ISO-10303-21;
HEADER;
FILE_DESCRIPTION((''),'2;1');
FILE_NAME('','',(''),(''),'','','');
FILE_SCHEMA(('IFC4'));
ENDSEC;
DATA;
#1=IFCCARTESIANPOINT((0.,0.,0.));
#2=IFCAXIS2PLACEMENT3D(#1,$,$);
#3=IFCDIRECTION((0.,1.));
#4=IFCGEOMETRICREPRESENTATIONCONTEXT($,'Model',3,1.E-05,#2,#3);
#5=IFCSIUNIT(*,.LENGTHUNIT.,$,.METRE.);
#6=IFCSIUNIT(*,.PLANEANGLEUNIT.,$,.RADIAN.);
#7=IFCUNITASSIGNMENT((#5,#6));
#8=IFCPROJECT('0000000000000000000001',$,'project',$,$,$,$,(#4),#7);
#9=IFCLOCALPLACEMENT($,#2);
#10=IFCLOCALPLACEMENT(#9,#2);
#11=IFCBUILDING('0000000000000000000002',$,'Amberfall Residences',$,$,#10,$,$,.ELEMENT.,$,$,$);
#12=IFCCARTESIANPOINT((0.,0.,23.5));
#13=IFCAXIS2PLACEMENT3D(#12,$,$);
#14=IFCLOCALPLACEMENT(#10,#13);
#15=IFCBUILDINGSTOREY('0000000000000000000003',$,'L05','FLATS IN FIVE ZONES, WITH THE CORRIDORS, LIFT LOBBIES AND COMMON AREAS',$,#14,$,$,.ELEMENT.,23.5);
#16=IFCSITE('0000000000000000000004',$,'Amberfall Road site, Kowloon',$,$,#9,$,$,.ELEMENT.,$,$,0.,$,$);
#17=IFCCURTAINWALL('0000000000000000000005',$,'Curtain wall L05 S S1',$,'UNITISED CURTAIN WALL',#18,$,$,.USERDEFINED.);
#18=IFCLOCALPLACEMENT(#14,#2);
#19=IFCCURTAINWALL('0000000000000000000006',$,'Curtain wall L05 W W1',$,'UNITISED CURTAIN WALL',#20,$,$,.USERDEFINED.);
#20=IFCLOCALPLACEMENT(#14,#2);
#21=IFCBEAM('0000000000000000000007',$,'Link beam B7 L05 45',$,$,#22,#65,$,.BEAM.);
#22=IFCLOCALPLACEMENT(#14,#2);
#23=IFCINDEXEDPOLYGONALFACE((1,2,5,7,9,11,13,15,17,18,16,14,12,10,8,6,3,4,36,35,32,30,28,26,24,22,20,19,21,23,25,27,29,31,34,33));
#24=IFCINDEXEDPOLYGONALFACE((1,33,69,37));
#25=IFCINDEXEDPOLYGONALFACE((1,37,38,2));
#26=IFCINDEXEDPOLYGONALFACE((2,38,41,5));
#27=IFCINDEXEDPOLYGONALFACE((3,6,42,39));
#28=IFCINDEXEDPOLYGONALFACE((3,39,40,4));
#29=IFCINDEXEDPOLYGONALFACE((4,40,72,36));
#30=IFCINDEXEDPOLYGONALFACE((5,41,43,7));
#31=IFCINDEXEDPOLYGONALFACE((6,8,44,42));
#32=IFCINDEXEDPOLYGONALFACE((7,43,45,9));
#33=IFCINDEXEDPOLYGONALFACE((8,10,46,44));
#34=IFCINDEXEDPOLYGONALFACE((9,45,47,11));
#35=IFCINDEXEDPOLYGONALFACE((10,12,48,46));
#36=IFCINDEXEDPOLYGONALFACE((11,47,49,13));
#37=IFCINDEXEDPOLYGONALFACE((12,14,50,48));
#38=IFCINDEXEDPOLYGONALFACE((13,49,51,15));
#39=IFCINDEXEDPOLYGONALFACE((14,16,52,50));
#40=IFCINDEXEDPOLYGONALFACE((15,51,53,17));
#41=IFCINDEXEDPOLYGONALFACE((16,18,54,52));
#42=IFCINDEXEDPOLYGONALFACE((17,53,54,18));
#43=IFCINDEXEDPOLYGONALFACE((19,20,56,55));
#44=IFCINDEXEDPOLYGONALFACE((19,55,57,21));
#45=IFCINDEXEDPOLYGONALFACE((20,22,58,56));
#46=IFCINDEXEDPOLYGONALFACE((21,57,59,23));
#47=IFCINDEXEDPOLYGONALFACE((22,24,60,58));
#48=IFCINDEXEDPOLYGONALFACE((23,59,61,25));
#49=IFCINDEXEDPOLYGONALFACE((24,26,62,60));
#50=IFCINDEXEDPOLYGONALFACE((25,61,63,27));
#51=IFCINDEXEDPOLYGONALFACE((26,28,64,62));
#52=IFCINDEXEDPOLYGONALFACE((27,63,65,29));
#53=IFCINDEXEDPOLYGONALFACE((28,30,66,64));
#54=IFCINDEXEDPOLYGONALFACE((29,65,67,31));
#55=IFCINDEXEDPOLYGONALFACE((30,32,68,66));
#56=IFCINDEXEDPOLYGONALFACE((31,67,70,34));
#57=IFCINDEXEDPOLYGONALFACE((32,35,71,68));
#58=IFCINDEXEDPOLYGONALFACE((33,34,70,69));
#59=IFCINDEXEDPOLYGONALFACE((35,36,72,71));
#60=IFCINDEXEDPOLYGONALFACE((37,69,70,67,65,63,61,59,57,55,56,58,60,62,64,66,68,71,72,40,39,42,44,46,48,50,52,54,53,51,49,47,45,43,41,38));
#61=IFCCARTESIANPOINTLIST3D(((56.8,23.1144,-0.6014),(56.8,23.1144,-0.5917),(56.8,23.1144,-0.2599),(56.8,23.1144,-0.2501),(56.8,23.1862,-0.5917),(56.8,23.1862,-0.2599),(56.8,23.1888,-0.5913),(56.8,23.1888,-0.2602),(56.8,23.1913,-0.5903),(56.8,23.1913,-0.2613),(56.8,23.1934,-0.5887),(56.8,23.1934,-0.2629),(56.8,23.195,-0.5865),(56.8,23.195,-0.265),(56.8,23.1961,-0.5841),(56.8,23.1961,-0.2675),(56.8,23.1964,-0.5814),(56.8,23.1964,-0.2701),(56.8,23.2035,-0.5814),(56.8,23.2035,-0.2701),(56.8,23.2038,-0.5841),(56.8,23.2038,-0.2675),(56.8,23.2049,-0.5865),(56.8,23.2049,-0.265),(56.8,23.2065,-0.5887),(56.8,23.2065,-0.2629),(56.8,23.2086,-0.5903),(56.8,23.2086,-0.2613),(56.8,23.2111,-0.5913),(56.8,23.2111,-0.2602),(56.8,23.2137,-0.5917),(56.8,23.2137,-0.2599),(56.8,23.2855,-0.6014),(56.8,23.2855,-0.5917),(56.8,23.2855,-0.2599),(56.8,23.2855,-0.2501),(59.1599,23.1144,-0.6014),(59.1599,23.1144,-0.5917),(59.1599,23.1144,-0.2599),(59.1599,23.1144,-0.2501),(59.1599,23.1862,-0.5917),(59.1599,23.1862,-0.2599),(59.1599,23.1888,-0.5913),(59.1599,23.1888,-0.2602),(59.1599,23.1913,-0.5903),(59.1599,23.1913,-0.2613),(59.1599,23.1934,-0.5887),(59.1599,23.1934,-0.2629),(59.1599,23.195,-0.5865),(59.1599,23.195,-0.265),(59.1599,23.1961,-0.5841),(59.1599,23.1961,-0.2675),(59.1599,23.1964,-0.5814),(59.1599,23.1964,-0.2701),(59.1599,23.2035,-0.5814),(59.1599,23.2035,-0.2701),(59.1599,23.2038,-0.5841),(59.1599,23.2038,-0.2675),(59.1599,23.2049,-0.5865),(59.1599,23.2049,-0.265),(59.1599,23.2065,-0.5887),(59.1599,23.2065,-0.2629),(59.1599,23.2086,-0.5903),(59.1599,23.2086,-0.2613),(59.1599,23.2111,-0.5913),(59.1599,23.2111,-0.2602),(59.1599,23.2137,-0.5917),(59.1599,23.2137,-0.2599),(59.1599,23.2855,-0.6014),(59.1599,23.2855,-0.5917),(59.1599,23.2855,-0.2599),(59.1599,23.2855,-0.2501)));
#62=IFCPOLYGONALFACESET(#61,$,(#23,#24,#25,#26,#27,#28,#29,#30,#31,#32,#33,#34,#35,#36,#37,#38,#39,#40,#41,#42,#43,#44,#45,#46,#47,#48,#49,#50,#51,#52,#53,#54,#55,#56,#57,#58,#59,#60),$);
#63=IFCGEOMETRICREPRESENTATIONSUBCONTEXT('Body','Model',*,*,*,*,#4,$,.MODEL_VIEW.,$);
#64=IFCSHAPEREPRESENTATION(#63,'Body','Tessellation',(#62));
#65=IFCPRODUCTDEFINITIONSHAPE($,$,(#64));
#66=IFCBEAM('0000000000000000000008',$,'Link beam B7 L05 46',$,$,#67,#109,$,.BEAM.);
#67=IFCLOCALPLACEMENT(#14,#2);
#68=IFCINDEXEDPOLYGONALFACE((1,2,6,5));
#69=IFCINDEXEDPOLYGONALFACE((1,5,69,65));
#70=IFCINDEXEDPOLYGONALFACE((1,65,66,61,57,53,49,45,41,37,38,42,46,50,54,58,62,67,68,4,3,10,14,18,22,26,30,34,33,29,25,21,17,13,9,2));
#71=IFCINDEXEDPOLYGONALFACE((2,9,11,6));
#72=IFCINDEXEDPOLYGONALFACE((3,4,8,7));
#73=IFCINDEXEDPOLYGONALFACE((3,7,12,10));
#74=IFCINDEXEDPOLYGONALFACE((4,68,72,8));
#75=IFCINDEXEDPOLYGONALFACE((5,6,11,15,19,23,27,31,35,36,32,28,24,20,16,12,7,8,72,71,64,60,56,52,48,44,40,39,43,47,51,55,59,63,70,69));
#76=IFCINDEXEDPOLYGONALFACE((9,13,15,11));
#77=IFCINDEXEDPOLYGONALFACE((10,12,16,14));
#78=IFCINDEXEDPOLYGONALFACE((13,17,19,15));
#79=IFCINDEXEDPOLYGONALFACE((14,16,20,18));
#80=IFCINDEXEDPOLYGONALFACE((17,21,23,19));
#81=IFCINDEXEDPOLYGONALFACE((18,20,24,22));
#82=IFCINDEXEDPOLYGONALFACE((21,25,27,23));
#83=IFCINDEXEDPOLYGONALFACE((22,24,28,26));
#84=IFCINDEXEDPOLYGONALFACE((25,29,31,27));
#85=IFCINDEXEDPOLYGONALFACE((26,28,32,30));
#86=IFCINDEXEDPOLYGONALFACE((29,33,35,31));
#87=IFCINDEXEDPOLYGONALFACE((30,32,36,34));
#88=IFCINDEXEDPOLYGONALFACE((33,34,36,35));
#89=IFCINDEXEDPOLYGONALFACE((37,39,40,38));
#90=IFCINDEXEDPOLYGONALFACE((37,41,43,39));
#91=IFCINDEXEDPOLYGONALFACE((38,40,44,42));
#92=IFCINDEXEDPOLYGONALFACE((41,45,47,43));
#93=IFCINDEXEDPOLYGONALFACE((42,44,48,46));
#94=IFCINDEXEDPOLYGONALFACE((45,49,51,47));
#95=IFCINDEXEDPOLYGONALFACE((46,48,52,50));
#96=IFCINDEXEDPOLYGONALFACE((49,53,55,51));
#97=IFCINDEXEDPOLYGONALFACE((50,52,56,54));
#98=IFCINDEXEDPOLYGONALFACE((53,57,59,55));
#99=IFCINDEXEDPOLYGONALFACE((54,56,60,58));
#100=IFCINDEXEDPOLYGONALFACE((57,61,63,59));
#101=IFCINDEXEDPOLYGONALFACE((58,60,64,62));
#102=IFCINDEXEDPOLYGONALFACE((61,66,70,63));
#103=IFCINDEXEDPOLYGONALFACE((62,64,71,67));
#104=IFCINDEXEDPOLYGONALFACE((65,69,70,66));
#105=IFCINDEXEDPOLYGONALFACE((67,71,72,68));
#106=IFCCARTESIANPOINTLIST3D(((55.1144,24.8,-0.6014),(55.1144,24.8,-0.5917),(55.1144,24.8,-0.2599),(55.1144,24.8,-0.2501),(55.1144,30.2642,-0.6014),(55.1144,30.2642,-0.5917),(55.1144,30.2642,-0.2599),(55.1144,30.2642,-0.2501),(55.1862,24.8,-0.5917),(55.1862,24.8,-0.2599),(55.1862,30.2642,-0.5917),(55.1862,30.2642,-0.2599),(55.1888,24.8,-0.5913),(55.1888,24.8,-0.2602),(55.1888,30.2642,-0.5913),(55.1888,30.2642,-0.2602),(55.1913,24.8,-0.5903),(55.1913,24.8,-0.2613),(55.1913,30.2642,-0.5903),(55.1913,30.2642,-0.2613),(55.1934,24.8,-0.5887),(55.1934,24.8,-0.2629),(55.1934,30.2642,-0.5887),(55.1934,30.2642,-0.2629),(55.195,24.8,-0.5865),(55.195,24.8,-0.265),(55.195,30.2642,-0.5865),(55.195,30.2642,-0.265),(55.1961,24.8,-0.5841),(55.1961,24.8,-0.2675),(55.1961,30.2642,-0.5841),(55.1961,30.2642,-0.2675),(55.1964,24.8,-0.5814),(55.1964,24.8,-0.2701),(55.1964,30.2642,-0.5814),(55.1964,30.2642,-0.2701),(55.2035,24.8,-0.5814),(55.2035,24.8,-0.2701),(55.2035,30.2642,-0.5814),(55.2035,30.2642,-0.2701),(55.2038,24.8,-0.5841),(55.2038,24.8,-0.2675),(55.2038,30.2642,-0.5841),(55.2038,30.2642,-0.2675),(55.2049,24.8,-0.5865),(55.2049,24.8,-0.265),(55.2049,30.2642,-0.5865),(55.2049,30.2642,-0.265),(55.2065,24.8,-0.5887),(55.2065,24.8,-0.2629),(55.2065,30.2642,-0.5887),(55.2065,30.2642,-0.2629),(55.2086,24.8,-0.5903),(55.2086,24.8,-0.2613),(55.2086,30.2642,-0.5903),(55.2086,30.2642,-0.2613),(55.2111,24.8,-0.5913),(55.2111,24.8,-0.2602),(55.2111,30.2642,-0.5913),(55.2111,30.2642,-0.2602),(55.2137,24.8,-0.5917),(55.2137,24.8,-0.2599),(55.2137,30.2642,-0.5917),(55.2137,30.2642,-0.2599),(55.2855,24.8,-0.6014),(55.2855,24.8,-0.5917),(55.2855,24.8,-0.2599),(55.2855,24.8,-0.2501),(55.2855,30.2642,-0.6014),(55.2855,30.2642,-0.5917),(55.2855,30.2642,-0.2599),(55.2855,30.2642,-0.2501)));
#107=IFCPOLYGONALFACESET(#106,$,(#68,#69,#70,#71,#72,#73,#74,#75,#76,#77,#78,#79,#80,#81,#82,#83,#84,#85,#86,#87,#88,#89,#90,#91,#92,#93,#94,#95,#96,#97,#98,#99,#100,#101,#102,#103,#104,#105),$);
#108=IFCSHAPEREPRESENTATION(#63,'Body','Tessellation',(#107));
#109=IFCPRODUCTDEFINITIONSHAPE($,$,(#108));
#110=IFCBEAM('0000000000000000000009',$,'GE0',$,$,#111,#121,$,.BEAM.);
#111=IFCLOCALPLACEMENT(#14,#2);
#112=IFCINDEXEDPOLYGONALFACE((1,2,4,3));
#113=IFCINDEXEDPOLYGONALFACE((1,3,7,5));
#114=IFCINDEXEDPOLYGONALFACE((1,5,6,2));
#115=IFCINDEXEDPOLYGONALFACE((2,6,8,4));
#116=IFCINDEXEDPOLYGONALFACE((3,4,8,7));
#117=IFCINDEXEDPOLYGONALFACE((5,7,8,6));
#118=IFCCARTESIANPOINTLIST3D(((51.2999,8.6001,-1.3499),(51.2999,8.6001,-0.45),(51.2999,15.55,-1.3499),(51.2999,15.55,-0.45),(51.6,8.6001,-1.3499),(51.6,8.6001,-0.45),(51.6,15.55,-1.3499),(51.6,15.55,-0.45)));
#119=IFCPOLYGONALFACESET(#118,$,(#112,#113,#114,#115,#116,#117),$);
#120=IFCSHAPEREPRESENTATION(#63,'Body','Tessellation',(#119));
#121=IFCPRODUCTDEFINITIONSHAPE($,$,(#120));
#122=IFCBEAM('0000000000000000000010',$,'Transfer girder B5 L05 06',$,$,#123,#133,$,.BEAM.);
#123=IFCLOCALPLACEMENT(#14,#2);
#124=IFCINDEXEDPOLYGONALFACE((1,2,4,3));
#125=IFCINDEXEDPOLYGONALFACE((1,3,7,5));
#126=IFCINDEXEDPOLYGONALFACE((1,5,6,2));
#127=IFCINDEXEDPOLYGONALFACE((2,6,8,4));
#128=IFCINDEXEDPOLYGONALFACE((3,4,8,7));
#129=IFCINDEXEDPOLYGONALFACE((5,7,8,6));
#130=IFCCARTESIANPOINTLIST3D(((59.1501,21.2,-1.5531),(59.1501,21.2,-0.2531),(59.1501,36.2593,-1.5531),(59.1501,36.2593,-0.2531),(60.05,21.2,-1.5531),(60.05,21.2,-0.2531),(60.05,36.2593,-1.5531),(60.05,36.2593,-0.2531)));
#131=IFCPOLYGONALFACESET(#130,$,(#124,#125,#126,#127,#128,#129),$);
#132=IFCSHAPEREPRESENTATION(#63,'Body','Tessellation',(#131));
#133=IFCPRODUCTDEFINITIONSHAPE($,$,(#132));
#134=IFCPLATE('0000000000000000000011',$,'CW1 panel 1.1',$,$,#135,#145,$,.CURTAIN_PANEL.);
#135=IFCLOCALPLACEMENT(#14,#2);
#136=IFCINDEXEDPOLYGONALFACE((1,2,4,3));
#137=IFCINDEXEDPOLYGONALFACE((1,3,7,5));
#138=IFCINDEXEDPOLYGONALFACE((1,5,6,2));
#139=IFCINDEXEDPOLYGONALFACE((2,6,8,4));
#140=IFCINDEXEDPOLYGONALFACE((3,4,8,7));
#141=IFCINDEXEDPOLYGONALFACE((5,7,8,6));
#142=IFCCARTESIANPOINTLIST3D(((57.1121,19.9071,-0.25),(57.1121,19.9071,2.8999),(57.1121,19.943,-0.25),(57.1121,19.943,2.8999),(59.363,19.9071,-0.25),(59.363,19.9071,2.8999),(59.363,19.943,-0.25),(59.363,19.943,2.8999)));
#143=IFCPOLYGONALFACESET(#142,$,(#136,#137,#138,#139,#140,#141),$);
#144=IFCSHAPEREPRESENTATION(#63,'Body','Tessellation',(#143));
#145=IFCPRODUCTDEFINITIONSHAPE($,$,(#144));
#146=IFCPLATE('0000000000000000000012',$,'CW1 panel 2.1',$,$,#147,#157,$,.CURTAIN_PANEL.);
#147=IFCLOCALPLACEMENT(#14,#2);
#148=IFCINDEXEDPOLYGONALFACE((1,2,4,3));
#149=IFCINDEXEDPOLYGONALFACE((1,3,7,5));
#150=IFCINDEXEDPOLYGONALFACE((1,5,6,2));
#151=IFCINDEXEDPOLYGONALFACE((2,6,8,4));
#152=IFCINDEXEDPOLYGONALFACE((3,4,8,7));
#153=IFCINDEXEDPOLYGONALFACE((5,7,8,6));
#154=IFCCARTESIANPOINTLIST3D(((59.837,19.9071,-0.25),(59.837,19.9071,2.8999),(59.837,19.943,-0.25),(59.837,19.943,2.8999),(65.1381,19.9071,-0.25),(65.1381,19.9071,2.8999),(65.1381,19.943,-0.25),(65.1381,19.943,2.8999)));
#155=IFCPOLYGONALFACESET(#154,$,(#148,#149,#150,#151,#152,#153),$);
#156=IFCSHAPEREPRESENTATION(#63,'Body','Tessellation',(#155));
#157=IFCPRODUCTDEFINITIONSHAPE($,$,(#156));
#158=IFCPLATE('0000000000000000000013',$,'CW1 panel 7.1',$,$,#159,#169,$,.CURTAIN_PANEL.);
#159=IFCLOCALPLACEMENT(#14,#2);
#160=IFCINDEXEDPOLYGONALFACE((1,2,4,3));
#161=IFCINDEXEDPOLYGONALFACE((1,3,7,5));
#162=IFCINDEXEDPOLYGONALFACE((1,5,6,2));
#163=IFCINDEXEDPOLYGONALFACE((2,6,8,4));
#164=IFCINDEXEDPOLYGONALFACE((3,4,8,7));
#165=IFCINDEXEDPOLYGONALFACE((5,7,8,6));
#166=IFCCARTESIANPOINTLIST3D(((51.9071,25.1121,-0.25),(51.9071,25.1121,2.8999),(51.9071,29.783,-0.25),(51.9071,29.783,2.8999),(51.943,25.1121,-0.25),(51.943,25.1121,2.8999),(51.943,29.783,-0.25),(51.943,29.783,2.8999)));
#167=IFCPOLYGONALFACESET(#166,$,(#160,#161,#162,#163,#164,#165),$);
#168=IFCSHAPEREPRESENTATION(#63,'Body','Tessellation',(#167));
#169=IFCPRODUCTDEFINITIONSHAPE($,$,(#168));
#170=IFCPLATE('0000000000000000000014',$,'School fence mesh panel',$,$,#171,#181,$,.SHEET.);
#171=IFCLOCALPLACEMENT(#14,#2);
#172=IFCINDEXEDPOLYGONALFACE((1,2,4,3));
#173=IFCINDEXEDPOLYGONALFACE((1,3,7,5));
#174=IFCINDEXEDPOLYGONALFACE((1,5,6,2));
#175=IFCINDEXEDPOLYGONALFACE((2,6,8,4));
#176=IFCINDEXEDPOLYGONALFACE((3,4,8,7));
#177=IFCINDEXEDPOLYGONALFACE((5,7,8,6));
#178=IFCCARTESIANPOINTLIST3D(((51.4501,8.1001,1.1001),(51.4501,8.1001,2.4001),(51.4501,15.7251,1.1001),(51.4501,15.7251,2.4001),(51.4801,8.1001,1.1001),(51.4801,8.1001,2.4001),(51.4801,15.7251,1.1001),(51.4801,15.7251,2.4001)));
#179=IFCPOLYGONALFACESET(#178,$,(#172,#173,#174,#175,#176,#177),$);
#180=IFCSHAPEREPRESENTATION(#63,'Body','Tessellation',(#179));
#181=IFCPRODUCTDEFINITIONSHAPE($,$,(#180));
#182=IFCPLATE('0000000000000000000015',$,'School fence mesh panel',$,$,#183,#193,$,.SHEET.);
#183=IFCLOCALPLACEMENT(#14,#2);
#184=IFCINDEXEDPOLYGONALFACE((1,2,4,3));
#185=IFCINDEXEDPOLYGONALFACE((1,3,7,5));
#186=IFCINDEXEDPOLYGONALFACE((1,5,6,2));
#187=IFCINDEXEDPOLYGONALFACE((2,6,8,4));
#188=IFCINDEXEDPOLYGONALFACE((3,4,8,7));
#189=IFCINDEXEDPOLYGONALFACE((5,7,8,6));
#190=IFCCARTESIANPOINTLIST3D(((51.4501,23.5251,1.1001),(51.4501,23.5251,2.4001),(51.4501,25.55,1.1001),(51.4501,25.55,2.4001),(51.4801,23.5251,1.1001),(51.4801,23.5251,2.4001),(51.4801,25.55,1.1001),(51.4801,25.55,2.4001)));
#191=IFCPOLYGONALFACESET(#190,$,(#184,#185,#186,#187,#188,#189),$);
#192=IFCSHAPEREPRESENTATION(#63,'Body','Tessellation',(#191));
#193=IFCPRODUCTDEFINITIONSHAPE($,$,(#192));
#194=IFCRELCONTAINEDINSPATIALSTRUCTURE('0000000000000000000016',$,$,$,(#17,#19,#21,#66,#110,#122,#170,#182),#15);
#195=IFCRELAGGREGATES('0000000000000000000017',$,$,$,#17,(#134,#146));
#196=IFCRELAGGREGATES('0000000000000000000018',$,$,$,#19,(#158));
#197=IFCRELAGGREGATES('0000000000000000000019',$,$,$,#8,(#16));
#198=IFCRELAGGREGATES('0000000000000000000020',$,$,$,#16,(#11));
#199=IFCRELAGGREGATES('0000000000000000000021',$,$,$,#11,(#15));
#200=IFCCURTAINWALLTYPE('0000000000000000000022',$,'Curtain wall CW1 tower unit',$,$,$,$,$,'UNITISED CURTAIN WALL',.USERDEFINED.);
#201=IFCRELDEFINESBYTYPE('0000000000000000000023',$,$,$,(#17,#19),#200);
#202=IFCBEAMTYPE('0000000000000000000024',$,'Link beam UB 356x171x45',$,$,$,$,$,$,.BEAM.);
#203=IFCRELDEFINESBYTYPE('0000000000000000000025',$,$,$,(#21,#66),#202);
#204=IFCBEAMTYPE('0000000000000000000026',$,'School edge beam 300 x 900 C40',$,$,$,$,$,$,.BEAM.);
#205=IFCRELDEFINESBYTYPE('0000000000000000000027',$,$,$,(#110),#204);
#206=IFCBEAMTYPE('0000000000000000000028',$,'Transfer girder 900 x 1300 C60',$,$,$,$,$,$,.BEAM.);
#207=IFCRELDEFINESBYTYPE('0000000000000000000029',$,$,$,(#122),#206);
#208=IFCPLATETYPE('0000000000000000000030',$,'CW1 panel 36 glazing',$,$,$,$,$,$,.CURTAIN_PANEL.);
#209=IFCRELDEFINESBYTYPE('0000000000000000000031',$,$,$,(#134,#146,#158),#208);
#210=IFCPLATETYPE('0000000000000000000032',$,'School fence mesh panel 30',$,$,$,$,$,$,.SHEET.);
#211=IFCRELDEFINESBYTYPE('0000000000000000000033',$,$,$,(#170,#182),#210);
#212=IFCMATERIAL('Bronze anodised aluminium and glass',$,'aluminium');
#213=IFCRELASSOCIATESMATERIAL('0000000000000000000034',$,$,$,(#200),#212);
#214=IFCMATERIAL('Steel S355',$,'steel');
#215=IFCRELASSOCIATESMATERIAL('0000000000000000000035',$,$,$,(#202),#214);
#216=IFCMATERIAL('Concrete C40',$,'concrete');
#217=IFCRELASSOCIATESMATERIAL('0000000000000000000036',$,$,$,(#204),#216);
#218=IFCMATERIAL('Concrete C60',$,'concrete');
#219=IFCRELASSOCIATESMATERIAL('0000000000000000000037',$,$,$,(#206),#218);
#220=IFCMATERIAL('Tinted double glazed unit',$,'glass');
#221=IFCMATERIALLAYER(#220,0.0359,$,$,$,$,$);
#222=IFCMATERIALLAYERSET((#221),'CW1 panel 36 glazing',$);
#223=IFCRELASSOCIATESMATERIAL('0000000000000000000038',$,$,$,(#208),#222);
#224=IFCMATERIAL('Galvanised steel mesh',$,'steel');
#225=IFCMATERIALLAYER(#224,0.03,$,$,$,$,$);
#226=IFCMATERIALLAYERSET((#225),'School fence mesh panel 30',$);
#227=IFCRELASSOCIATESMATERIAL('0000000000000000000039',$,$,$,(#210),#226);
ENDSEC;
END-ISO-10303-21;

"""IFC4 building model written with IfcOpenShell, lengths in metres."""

from ifc_helpers import new_model, si_unit, direction, frame, origin, origin_2d, place, context, subcontext, project, spatial, rectangle, i_section, extrude, material, layer, layer_set, material_profile, profile_set, type_object, element, aggregate, save


model = new_model("IFC4")

# Units and contexts
model_context = context("Model", 3, precision=1e-05, world=origin(), true_north=direction((0.0, 1.0)))
body_context = subcontext(model_context, "Body", "Model", "MODEL_VIEW")
ifc_project = project(units=[si_unit("LENGTHUNIT", "METRE"), si_unit("PLANEANGLEUNIT", "RADIAN")], contexts=[model_context])

# Site, building, storey
site_placement = place(None, origin())
site = spatial("IfcSite", under=ifc_project, at=site_placement, Name="Amberfall Road site, Kowloon", CompositionType="ELEMENT", RefElevation=0.0)
building_placement = place(site_placement, origin())
building = spatial("IfcBuilding", under=site, at=building_placement, Name="Amberfall Residences", CompositionType="ELEMENT")
storey_placement = place(building_placement, frame((0.0, 0.0, 23.5)))
storey = spatial("IfcBuildingStorey", under=building, at=storey_placement, Name="L05", Description="FLATS IN FIVE ZONES, WITH THE CORRIDORS, LIFT LOBBIES AND COMMON AREAS", CompositionType="ELEMENT", Elevation=23.5)

# Curtain wall
ifc_material_1 = material(Name="Bronze anodised aluminium and glass", Category="aluminium")
curtain_wall_type = type_object("IfcCurtainWallType", Name="Curtain wall CW1 tower unit", ElementType="UNITISED CURTAIN WALL", PredefinedType="USERDEFINED", material=ifc_material_1)
curtain_wall_1_placement = place(storey_placement, origin())
curtain_wall_1 = element("IfcCurtainWall", 1, at=curtain_wall_1_placement, inside=storey, type_object=curtain_wall_type, Name="Curtain wall L05 S S1", ObjectType="UNITISED CURTAIN WALL", PredefinedType="USERDEFINED")

# Curtain wall
curtain_wall_2_placement = place(storey_placement, origin())
curtain_wall_2 = element("IfcCurtainWall", 2, at=curtain_wall_2_placement, inside=storey, type_object=curtain_wall_type, Name="Curtain wall L05 W W1", ObjectType="UNITISED CURTAIN WALL", PredefinedType="USERDEFINED")

# Shared definitions
ifc_material_2 = material(Name="Steel S355", Category="steel")

# Beams
ifc_material_profile_1 = material_profile(ifc_material_2, i_section(OverallWidth=0.1711, OverallDepth=0.3513, WebThickness=0.0071, FlangeThickness=0.0098, FilletRadius=0.0103, at=origin_2d()), Name="UB 356x171x45")
ifc_profile_set_1 = profile_set([ifc_material_profile_1], Name="Steel S355")
beam_type_1 = type_object("IfcBeamType", Name="Link beam UB 356x171x45", PredefinedType="BEAM", material=ifc_profile_set_1)
beam_1_placement = place(storey_placement, frame((56.8, 23.2, -0.4258), z_axis=(1.0, 0.0, 0.0), x_axis=(0.0, 1.0, 0.0)))
element("IfcBeam", 3, at=beam_1_placement, inside=storey, type_object=beam_type_1, Name="Link beam B7 L05 45", PredefinedType="BEAM", context=body_context, shape_type="SweptSolid", body=[
    extrude(i_section(OverallWidth=0.1711, OverallDepth=0.3513, WebThickness=0.0071, FlangeThickness=0.0098, FilletRadius=0.0103, at=origin_2d()), origin(), (0.0, 0.0, 1.0), 2.3599),
])
beam_2_placement = place(storey_placement, frame((55.2, 24.8, -0.4258), z_axis=(0.0, 1.0, 0.0), x_axis=(-1.0, 0.0, 0.0)))
element("IfcBeam", 4, at=beam_2_placement, inside=storey, type_object=beam_type_1, Name="Link beam B7 L05 46", PredefinedType="BEAM", context=body_context, shape_type="SweptSolid", body=[
    extrude(i_section(OverallWidth=0.1711, OverallDepth=0.3513, WebThickness=0.0071, FlangeThickness=0.0098, FilletRadius=0.0103, at=origin_2d()), origin(), (0.0, 0.0, 1.0), 5.4641),
])
ifc_material_3 = material(Name="Concrete C40", Category="concrete")
ifc_material_profile_2 = material_profile(ifc_material_3, rectangle(XDim=0.3, YDim=0.8999, at=origin_2d()), Name="School edge beam 300 x 900 C40")
ifc_profile_set_2 = profile_set([ifc_material_profile_2], Name="Concrete C40")
beam_type_2 = type_object("IfcBeamType", Name="School edge beam 300 x 900 C40", PredefinedType="BEAM", material=ifc_profile_set_2)
beam_3_placement = place(storey_placement, frame((51.45, 8.6001, -0.8999), z_axis=(0.0, 1.0, 0.0), x_axis=(-1.0, 0.0, 0.0)))
element("IfcBeam", 5, at=beam_3_placement, inside=storey, type_object=beam_type_2, Name="GE0", PredefinedType="BEAM", context=body_context, shape_type="SweptSolid", body=[
    extrude(rectangle(XDim=0.3, YDim=0.8999, at=origin_2d()), origin(), (0.0, 0.0, 1.0), 6.95),
])
ifc_material_4 = material(Name="Concrete C60", Category="concrete")
ifc_material_profile_3 = material_profile(ifc_material_4, rectangle(XDim=0.8999, YDim=1.3, at=origin_2d()), Name="Transfer girder 900 x 1300 C60")
ifc_profile_set_3 = profile_set([ifc_material_profile_3], Name="Concrete C60")
beam_type_3 = type_object("IfcBeamType", Name="Transfer girder 900 x 1300 C60", PredefinedType="BEAM", material=ifc_profile_set_3)
beam_4_placement = place(storey_placement, frame((59.6001, 21.2, -0.9031), z_axis=(0.0, 1.0, 0.0), x_axis=(-1.0, 0.0, 0.0)))
element("IfcBeam", 6, at=beam_4_placement, inside=storey, type_object=beam_type_3, Name="Transfer girder B5 L05 06", PredefinedType="BEAM", context=body_context, shape_type="SweptSolid", body=[
    extrude(rectangle(XDim=0.8999, YDim=1.3, at=origin_2d()), origin(), (0.0, 0.0, 1.0), 15.0593),
])

# Plates
ifc_material_5 = material(Name="Tinted double glazed unit", Category="glass")
ifc_layer_1 = layer(ifc_material_5, 0.0359)
ifc_layer_set_1 = layer_set([ifc_layer_1], Name="CW1 panel 36 glazing")
plate_type_1 = type_object("IfcPlateType", Name="CW1 panel 36 glazing", PredefinedType="CURTAIN_PANEL", material=ifc_layer_set_1)
plate_1_placement = place(storey_placement, frame((58.2375, 19.925, -0.25), z_axis=(0.0, 0.0, 1.0), x_axis=(1.0, 0.0, 0.0)))
plate_1 = element("IfcPlate", 7, at=plate_1_placement, type_object=plate_type_1, Name="CW1 panel 1.1", PredefinedType="CURTAIN_PANEL", context=body_context, shape_type="SweptSolid", body=[
    extrude(rectangle(XDim=2.251, YDim=0.0359, at=origin_2d()), origin(), (0.0, 0.0, 1.0), 3.1499),
])
plate_2_placement = place(storey_placement, frame((62.4875, 19.925, -0.25), z_axis=(0.0, 0.0, 1.0), x_axis=(1.0, 0.0, 0.0)))
plate_2 = element("IfcPlate", 8, at=plate_2_placement, type_object=plate_type_1, Name="CW1 panel 2.1", PredefinedType="CURTAIN_PANEL", context=body_context, shape_type="SweptSolid", body=[
    extrude(rectangle(XDim=5.301, YDim=0.0359, at=origin_2d()), origin(), (0.0, 0.0, 1.0), 3.1499),
])
aggregate(curtain_wall_1, [plate_1, plate_2])
plate_3_placement = place(storey_placement, frame((51.925, 27.4475, -0.25), z_axis=(0.0, 0.0, 1.0), x_axis=(0.0, -1.0, 0.0)))
plate_3 = element("IfcPlate", 9, at=plate_3_placement, type_object=plate_type_1, Name="CW1 panel 7.1", PredefinedType="CURTAIN_PANEL", context=body_context, shape_type="SweptSolid", body=[
    extrude(rectangle(XDim=4.6709, YDim=0.0359, at=origin_2d()), origin(), (0.0, 0.0, 1.0), 3.1499),
])
aggregate(curtain_wall_2, [plate_3])

# Plates
ifc_material_6 = material(Name="Galvanised steel mesh", Category="steel")
ifc_layer_2 = layer(ifc_material_6, 0.03)
ifc_layer_set_2 = layer_set([ifc_layer_2], Name="School fence mesh panel 30")
plate_type_2 = type_object("IfcPlateType", Name="School fence mesh panel 30", PredefinedType="SHEET", material=ifc_layer_set_2)
plate_4_placement = place(storey_placement, frame((51.4651, 11.9126, 1.1001), z_axis=(0.0, 0.0, 1.0), x_axis=(0.0, 1.0, 0.0)))
element("IfcPlate", 10, at=plate_4_placement, inside=storey, type_object=plate_type_2, Name="School fence mesh panel", PredefinedType="SHEET", context=body_context, shape_type="SweptSolid", body=[
    extrude(rectangle(XDim=7.625, YDim=0.03, at=origin_2d()), origin(), (0.0, 0.0, 1.0), 1.3),
])
plate_5_placement = place(storey_placement, frame((51.4651, 24.5376, 1.1001), z_axis=(0.0, 0.0, 1.0), x_axis=(0.0, 1.0, 0.0)))
element("IfcPlate", 11, at=plate_5_placement, inside=storey, type_object=plate_type_2, Name="School fence mesh panel", PredefinedType="SHEET", context=body_context, shape_type="SweptSolid", body=[
    extrude(rectangle(XDim=2.0249, YDim=0.03, at=origin_2d()), origin(), (0.0, 0.0, 1.0), 1.3),
])

save(model, "model.ifc")
